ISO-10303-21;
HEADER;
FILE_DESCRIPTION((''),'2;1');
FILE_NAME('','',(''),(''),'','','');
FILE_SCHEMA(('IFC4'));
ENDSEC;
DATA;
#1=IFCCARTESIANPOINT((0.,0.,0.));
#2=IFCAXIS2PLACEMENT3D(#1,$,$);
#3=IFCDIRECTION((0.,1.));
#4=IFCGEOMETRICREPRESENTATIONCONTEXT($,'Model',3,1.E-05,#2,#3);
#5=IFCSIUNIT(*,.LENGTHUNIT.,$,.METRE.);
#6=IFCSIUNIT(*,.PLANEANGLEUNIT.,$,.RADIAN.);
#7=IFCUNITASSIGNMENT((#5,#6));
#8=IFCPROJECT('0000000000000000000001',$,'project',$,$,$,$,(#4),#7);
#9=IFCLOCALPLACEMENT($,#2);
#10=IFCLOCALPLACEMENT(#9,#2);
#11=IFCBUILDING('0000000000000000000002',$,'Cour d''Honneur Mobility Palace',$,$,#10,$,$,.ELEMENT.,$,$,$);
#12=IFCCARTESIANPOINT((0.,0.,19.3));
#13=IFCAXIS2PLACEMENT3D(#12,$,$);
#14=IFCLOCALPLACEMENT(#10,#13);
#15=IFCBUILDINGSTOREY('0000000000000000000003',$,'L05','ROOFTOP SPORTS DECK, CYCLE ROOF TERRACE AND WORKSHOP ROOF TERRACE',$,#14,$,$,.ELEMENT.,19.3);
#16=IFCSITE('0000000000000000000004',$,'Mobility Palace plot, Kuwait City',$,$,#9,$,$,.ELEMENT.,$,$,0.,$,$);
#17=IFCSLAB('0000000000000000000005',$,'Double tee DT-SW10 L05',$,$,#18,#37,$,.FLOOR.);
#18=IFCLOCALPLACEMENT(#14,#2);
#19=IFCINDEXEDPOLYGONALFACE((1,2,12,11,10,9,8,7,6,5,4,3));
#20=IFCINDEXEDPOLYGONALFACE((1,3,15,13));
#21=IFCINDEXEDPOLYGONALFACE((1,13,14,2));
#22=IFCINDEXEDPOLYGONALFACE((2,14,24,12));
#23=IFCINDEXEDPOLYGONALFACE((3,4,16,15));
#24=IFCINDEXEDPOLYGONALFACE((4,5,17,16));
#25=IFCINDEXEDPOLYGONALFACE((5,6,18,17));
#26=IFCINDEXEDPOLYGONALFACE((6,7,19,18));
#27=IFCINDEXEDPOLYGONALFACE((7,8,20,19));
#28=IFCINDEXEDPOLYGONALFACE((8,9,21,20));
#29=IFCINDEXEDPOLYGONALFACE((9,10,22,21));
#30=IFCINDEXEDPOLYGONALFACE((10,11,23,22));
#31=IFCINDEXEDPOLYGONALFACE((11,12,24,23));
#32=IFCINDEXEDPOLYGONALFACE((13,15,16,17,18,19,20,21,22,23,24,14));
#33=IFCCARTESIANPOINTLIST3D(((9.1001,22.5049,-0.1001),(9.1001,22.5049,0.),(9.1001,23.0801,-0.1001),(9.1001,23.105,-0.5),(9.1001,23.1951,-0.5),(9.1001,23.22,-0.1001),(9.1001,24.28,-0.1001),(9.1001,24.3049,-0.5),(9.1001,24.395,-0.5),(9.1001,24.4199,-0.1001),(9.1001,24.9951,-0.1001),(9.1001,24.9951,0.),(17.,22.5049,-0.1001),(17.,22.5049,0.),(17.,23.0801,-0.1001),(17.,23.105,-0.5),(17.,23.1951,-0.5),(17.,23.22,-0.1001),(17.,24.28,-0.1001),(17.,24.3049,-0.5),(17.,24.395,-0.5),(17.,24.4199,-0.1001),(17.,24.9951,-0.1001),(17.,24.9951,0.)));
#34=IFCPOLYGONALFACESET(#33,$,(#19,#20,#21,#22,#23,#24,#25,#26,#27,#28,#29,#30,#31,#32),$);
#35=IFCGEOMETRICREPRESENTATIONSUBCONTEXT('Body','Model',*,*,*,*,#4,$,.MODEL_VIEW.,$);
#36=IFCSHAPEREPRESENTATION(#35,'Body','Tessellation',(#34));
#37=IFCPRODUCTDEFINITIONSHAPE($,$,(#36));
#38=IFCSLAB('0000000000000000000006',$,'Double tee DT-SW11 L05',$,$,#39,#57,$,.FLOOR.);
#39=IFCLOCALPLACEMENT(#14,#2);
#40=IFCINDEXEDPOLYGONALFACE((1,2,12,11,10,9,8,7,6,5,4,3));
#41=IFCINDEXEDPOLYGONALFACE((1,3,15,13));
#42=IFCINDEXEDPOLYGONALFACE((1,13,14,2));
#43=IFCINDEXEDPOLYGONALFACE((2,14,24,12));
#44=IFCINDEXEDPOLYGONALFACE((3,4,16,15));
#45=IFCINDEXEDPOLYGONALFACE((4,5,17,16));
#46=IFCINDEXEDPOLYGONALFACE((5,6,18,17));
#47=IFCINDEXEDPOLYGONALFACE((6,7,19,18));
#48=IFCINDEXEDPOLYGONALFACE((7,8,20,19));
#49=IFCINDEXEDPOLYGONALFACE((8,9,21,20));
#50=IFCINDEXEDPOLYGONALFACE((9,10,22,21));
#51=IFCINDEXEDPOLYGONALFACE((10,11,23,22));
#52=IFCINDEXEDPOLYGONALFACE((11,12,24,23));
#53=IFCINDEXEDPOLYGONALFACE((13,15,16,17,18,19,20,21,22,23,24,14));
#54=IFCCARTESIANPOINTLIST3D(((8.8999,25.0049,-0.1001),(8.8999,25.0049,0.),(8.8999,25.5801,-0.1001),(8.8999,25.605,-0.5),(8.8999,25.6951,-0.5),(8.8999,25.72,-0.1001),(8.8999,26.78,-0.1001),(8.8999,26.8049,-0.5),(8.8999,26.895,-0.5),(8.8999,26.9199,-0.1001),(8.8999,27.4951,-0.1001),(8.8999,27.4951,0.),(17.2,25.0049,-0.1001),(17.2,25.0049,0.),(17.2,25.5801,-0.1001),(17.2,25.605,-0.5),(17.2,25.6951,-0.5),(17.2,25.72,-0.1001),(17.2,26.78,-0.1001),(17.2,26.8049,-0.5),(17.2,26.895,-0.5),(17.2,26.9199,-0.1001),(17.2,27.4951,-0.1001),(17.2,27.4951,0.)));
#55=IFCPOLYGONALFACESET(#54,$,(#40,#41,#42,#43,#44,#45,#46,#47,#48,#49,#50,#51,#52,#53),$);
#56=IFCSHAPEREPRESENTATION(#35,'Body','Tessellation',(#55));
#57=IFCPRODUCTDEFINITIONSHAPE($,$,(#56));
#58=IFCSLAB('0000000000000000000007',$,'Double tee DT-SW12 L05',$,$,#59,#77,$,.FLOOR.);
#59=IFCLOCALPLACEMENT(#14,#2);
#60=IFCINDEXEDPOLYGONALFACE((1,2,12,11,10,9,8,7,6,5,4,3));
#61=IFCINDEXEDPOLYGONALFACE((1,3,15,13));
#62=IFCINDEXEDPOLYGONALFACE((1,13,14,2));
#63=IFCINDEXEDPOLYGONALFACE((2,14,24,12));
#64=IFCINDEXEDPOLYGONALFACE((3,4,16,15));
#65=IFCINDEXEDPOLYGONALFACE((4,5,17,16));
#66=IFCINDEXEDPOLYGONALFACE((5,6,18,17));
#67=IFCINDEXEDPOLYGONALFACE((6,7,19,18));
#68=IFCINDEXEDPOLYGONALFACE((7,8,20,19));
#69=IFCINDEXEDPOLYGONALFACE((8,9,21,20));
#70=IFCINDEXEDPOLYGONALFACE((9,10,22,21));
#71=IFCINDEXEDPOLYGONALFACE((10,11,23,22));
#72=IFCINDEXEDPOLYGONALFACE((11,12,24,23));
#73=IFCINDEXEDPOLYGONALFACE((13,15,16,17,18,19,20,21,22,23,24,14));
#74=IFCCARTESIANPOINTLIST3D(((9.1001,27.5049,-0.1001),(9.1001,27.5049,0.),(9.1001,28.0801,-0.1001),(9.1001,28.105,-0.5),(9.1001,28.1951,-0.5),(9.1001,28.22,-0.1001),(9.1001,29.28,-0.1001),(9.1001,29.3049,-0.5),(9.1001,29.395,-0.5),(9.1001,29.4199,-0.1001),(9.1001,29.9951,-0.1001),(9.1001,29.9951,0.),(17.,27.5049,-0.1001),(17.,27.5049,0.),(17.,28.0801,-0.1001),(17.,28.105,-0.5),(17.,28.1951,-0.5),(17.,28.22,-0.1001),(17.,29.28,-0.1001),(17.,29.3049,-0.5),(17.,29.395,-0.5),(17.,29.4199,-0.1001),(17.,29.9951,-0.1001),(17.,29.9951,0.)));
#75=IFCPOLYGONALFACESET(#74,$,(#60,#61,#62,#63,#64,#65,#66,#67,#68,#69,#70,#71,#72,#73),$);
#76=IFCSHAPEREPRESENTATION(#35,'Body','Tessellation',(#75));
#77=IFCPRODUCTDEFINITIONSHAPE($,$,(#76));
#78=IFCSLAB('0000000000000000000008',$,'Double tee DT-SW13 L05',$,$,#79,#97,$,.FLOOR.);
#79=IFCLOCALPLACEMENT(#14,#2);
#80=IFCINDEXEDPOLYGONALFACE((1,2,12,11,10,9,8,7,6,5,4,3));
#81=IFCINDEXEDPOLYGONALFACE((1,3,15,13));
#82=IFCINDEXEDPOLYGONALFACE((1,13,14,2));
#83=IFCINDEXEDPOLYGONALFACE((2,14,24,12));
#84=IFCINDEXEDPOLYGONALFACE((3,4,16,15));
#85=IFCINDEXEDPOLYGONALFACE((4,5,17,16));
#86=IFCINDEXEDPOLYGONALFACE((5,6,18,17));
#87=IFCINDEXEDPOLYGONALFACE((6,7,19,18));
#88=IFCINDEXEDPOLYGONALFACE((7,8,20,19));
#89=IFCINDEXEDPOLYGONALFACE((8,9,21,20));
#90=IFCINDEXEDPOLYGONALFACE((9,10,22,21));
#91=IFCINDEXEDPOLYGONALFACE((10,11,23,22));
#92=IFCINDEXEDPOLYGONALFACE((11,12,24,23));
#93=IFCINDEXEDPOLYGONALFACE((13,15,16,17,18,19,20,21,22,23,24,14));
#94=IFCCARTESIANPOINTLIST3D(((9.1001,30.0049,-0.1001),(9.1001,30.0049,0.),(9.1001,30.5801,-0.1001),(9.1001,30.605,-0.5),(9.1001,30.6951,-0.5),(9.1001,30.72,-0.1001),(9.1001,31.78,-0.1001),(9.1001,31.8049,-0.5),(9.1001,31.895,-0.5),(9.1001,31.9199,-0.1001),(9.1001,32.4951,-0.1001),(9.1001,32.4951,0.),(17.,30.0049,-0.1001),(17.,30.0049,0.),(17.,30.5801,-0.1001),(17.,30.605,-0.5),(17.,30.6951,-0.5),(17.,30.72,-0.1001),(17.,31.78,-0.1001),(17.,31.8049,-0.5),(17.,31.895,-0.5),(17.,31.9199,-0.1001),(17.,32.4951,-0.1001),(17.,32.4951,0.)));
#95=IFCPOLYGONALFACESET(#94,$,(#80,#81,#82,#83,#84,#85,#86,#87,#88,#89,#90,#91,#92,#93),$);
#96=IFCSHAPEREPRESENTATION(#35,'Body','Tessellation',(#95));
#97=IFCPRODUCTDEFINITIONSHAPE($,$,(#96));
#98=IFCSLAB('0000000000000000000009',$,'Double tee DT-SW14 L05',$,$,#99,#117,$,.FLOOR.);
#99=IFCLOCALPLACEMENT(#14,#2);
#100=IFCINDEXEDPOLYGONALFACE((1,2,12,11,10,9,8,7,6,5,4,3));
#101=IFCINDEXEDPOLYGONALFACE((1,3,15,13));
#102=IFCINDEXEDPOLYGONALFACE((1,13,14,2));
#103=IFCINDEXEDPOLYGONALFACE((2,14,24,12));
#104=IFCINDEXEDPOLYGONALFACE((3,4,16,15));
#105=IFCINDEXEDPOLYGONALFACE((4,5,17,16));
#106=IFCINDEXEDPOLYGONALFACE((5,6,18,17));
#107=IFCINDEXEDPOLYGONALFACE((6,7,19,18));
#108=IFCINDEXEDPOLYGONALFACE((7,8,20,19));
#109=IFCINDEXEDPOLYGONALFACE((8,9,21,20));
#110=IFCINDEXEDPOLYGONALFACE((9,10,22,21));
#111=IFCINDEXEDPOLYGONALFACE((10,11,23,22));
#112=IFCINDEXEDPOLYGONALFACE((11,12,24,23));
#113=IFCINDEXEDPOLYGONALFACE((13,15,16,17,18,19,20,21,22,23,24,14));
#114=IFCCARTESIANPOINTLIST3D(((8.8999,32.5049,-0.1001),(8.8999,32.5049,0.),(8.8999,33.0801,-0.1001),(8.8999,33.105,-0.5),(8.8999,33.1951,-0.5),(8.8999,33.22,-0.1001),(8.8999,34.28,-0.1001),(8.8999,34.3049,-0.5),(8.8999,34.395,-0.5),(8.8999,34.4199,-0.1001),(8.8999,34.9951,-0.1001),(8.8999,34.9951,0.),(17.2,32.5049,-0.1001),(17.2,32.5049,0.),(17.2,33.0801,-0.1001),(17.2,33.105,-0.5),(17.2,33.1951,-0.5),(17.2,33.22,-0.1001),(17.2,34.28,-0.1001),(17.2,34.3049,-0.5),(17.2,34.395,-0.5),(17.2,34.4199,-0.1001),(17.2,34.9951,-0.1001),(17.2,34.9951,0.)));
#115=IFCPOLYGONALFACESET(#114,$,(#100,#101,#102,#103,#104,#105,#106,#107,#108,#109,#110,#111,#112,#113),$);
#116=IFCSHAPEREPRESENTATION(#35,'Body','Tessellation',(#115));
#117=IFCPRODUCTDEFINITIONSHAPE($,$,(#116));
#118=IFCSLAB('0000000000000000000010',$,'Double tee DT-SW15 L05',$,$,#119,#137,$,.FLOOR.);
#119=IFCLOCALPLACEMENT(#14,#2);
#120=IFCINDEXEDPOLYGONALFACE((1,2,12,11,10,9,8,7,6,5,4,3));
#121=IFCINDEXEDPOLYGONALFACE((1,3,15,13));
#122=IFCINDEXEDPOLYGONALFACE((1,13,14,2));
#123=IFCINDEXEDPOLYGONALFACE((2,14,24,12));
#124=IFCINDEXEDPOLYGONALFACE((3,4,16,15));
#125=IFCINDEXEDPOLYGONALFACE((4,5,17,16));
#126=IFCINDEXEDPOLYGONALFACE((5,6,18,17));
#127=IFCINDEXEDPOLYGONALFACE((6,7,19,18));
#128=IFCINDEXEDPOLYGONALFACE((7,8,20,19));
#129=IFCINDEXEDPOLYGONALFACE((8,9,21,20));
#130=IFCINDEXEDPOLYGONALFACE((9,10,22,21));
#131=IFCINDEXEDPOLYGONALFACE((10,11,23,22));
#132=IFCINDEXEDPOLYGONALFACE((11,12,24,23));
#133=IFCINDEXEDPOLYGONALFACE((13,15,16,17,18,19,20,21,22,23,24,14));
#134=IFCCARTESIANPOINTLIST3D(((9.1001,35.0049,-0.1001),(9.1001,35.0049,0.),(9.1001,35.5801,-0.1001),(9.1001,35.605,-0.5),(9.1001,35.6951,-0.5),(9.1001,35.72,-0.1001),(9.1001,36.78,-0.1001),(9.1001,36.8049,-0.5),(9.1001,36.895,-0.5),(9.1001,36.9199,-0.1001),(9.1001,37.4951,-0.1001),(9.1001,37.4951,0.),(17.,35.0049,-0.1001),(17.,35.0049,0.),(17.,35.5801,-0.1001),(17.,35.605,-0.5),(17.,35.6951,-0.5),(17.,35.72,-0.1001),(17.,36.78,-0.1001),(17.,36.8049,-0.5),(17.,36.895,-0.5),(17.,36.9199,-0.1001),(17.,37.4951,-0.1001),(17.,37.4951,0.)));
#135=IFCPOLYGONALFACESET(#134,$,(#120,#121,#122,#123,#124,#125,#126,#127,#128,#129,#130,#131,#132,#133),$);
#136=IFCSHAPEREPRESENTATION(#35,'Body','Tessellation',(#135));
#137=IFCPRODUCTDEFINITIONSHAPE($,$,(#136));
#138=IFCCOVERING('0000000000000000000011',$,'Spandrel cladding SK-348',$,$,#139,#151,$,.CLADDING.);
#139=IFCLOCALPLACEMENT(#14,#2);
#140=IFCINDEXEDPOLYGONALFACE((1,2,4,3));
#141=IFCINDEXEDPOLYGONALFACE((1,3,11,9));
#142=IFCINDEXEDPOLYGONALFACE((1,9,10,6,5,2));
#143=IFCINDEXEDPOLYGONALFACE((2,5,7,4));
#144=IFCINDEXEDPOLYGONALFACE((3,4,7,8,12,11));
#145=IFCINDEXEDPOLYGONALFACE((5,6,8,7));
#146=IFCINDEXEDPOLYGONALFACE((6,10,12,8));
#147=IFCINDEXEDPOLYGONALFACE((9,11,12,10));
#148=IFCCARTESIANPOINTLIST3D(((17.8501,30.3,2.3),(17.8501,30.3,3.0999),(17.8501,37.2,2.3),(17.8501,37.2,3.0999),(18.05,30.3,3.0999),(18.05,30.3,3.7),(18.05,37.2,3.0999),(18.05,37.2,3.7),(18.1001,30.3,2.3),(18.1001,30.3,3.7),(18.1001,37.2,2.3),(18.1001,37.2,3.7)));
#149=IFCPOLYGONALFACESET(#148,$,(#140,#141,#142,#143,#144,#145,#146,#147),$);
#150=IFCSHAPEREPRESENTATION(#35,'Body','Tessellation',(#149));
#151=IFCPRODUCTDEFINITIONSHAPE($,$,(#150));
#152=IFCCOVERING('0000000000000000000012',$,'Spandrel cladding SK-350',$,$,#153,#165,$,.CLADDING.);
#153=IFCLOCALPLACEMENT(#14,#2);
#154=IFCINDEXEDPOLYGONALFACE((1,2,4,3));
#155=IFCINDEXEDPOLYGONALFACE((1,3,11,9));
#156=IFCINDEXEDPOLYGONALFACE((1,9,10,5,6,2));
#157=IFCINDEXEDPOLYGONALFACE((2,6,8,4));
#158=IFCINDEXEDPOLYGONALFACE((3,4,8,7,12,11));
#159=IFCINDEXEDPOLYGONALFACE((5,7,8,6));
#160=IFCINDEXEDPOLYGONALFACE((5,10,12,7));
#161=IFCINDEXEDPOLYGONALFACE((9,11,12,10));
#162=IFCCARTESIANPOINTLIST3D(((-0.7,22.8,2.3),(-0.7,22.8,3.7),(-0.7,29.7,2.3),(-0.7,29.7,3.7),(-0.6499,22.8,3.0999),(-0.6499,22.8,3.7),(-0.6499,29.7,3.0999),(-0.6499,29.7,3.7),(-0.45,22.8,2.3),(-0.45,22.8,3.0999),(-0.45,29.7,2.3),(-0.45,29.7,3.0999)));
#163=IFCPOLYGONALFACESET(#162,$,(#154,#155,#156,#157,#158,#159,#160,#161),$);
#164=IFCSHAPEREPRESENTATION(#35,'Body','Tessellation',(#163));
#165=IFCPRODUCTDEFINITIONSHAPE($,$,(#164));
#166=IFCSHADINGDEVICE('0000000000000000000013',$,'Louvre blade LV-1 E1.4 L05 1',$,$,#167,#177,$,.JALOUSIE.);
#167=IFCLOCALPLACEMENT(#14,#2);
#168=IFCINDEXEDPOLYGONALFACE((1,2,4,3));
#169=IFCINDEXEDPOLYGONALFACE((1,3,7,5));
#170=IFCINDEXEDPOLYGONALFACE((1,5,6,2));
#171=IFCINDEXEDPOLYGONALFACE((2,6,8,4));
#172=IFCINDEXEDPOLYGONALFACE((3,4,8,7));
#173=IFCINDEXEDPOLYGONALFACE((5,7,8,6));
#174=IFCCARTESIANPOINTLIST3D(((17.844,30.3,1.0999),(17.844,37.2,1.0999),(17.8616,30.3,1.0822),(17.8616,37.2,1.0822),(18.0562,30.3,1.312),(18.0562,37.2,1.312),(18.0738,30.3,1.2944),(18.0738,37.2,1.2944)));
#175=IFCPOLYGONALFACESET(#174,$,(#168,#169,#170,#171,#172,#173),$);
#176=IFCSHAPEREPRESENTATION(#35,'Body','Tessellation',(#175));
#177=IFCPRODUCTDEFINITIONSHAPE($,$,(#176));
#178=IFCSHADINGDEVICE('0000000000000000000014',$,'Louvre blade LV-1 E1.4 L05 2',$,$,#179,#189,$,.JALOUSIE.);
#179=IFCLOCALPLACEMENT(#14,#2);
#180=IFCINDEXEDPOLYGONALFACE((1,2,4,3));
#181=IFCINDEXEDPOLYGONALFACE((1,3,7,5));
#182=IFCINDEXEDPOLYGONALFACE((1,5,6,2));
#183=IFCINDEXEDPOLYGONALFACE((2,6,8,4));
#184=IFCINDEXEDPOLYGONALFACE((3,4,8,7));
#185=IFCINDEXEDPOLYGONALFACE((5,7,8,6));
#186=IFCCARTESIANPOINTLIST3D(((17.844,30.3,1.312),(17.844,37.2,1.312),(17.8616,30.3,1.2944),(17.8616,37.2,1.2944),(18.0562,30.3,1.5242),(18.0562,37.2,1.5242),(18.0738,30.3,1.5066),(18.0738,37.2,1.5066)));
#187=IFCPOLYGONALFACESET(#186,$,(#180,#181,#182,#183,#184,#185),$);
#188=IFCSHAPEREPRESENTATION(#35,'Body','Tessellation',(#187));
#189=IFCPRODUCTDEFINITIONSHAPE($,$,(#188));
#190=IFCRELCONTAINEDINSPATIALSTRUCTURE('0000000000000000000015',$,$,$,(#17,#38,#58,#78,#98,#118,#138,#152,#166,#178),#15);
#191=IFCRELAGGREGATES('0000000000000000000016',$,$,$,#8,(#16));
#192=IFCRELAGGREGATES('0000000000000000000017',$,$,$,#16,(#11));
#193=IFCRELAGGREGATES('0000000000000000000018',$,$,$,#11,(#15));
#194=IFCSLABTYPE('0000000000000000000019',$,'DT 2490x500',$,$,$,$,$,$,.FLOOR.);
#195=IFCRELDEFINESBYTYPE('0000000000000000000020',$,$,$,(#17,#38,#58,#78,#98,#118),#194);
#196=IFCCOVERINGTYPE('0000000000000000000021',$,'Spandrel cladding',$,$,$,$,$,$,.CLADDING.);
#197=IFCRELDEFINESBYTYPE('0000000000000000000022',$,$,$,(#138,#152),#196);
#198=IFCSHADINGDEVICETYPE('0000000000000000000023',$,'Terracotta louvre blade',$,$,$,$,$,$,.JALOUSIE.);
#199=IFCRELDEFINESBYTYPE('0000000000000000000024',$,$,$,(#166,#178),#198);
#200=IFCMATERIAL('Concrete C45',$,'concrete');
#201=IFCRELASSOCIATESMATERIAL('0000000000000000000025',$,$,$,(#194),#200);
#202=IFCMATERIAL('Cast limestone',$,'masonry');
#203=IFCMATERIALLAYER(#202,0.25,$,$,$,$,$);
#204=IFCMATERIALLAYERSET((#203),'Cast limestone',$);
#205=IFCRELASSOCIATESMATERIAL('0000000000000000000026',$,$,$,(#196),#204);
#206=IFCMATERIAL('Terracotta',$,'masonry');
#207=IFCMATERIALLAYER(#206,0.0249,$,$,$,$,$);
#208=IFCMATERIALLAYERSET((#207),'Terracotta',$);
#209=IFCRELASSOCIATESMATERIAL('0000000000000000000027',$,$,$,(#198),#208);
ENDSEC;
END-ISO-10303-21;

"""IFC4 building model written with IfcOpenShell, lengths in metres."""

from ifc_helpers import new_model, si_unit, direction, frame, origin, place, context, subcontext, project, spatial, polyline, outline, extrude, material, layer, layer_set, material_profile, profile_set, type_object, element, save


model = new_model("IFC4")

# Units and contexts
model_context = context("Model", 3, precision=1e-05, world=origin(), true_north=direction((0.0, 1.0)))
body_context = subcontext(model_context, "Body", "Model", "MODEL_VIEW")
ifc_project = project(units=[si_unit("LENGTHUNIT", "METRE"), si_unit("PLANEANGLEUNIT", "RADIAN")], contexts=[model_context])

# Site, building, storey
site_placement = place(None, origin())
site = spatial("IfcSite", under=ifc_project, at=site_placement, Name="Mobility Palace plot, Kuwait City", CompositionType="ELEMENT", RefElevation=0.0)
building_placement = place(site_placement, origin())
building = spatial("IfcBuilding", under=site, at=building_placement, Name="Cour d'Honneur Mobility Palace", CompositionType="ELEMENT")
storey_placement = place(building_placement, frame((0.0, 0.0, 19.3)))
storey = spatial("IfcBuildingStorey", under=building, at=storey_placement, Name="L05", Description="ROOFTOP SPORTS DECK, CYCLE ROOF TERRACE AND WORKSHOP ROOF TERRACE", CompositionType="ELEMENT", Elevation=19.3)

# Slabs
ifc_material_1 = material(Name="Concrete C45", Category="concrete")
ifc_material_profile_1 = material_profile(ifc_material_1, outline(polyline([(-1.2451, 0.0), (1.2451, 0.0), (1.2451, -0.1001), (0.6699, -0.1001), (0.645, -0.5), (0.5549, -0.5), (0.53, -0.1001), (-0.53, -0.1001), (-0.5549, -0.5), (-0.645, -0.5), (-0.6699, -0.1001), (-1.2451, -0.1001), (-1.2451, 0.0)])), Name="DT 2490x500")
ifc_profile_set_1 = profile_set([ifc_material_profile_1], Name="Concrete C45")
slab_type = type_object("IfcSlabType", Name="DT 2490x500", PredefinedType="FLOOR", material=ifc_profile_set_1)
slab_1_placement = place(storey_placement, frame((9.1001, 23.75, 0.0), z_axis=(1.0, 0.0, 0.0), x_axis=(0.0, 1.0, 0.0)))
element("IfcSlab", 1, at=slab_1_placement, inside=storey, type_object=slab_type, Name="Double tee DT-SW10 L05", PredefinedType="FLOOR", context=body_context, shape_type="SweptSolid", body=[
    extrude(outline(polyline([(-1.2451, 0.0), (1.2451, 0.0), (1.2451, -0.1001), (0.6699, -0.1001), (0.645, -0.5), (0.5549, -0.5), (0.53, -0.1001), (-0.53, -0.1001), (-0.5549, -0.5), (-0.645, -0.5), (-0.6699, -0.1001), (-1.2451, -0.1001), (-1.2451, 0.0)])), origin(), (0.0, 0.0, 1.0), 7.8999),
])
slab_2_placement = place(storey_placement, frame((8.8999, 26.25, 0.0), z_axis=(1.0, 0.0, 0.0), x_axis=(0.0, 1.0, 0.0)))
element("IfcSlab", 2, at=slab_2_placement, inside=storey, type_object=slab_type, Name="Double tee DT-SW11 L05", PredefinedType="FLOOR", context=body_context, shape_type="SweptSolid", body=[
    extrude(outline(polyline([(-1.2451, 0.0), (1.2451, 0.0), (1.2451, -0.1001), (0.6699, -0.1001), (0.645, -0.5), (0.5549, -0.5), (0.53, -0.1001), (-0.53, -0.1001), (-0.5549, -0.5), (-0.645, -0.5), (-0.6699, -0.1001), (-1.2451, -0.1001), (-1.2451, 0.0)])), origin(), (0.0, 0.0, 1.0), 8.3),
])
for number, where, z_axis, x_axis, name in (
    (3, (9.1001, 28.75, 0.0), (1.0, 0.0, 0.0), (0.0, 1.0, 0.0), "Double tee DT-SW12 L05"),
    (4, (9.1001, 31.25, 0.0), (1.0, 0.0, 0.0), (0.0, 1.0, 0.0), "Double tee DT-SW13 L05"),
):
    element("IfcSlab", number, at=place(storey_placement, frame(where, z_axis=z_axis, x_axis=x_axis)), inside=storey, type_object=slab_type, Name=name, PredefinedType="FLOOR", context=body_context, shape_type="SweptSolid", body=[
        extrude(outline(polyline([(-1.2451, 0.0), (1.2451, 0.0), (1.2451, -0.1001), (0.6699, -0.1001), (0.645, -0.5), (0.5549, -0.5), (0.53, -0.1001), (-0.53, -0.1001), (-0.5549, -0.5), (-0.645, -0.5), (-0.6699, -0.1001), (-1.2451, -0.1001), (-1.2451, 0.0)])), origin(), (0.0, 0.0, 1.0), 7.8999),
    ])
slab_3_placement = place(storey_placement, frame((8.8999, 33.75, 0.0), z_axis=(1.0, 0.0, 0.0), x_axis=(0.0, 1.0, 0.0)))
element("IfcSlab", 5, at=slab_3_placement, inside=storey, type_object=slab_type, Name="Double tee DT-SW14 L05", PredefinedType="FLOOR", context=body_context, shape_type="SweptSolid", body=[
    extrude(outline(polyline([(-1.2451, 0.0), (1.2451, 0.0), (1.2451, -0.1001), (0.6699, -0.1001), (0.645, -0.5), (0.5549, -0.5), (0.53, -0.1001), (-0.53, -0.1001), (-0.5549, -0.5), (-0.645, -0.5), (-0.6699, -0.1001), (-1.2451, -0.1001), (-1.2451, 0.0)])), origin(), (0.0, 0.0, 1.0), 8.3),
])
slab_4_placement = place(storey_placement, frame((9.1001, 36.25, 0.0), z_axis=(1.0, 0.0, 0.0), x_axis=(0.0, 1.0, 0.0)))
element("IfcSlab", 6, at=slab_4_placement, inside=storey, type_object=slab_type, Name="Double tee DT-SW15 L05", PredefinedType="FLOOR", context=body_context, shape_type="SweptSolid", body=[
    extrude(outline(polyline([(-1.2451, 0.0), (1.2451, 0.0), (1.2451, -0.1001), (0.6699, -0.1001), (0.645, -0.5), (0.5549, -0.5), (0.53, -0.1001), (-0.53, -0.1001), (-0.5549, -0.5), (-0.645, -0.5), (-0.6699, -0.1001), (-1.2451, -0.1001), (-1.2451, 0.0)])), origin(), (0.0, 0.0, 1.0), 7.8999),
])

# Coverings
ifc_material_2 = material(Name="Cast limestone", Category="masonry")
ifc_layer_1 = layer(ifc_material_2, 0.25)
ifc_layer_set_1 = layer_set([ifc_layer_1], Name="Cast limestone")
covering_type = type_object("IfcCoveringType", Name="Spandrel cladding", PredefinedType="CLADDING", material=ifc_layer_set_1)
for number, where, z_axis, x_axis, name in (
    (7, (17.8501, 30.3, 2.3), (0.0, -1.0, 0.0), (1.0, 0.0, 0.0), "Spandrel cladding SK-348"),
    (8, (-0.45, 29.7, 2.3), (0.0, 1.0, 0.0), (-1.0, 0.0, 0.0), "Spandrel cladding SK-350"),
):
    element("IfcCovering", number, at=place(storey_placement, frame(where, z_axis=z_axis, x_axis=x_axis)), inside=storey, type_object=covering_type, Name=name, PredefinedType="CLADDING", context=body_context, shape_type="SweptSolid", body=[
        extrude(outline(polyline([(0.0, 0.0), (0.25, 0.0), (0.25, 1.3999), (0.2, 1.3999), (0.2, 0.7998), (0.0, 0.7998), (0.0, 0.0)])), origin(), (0.0, 0.0, -1.0), 6.8999),
    ])

# Shading devices
ifc_material_3 = material(Name="Terracotta", Category="masonry")
ifc_layer_2 = layer(ifc_material_3, 0.0249)
ifc_layer_set_2 = layer_set([ifc_layer_2], Name="Terracotta")
shading_device_type = type_object("IfcShadingDeviceType", Name="Terracotta louvre blade", PredefinedType="JALOUSIE", material=ifc_layer_set_2)
for number, where, z_axis, x_axis, name in (
    (9, (17.844, 30.3, 1.0999), (-0.707107, 0.0, 0.707107), (0.0, 1.0, 0.0), "Louvre blade LV-1 E1.4 L05 1"),
    (10, (17.844, 30.3, 1.312), (-0.707107, 0.0, 0.707107), (0.0, 1.0, 0.0), "Louvre blade LV-1 E1.4 L05 2"),
):
    element("IfcShadingDevice", number, at=place(storey_placement, frame(where, z_axis=z_axis, x_axis=x_axis)), inside=storey, type_object=shading_device_type, Name=name, PredefinedType="JALOUSIE", context=body_context, shape_type="SweptSolid", body=[
        extrude(outline(polyline([(0.0, 0.0), (6.8999, 0.0), (6.8999, -0.3), (0.0, -0.3), (0.0, 0.0)])), origin(), (0.0, 0.0, -1.0), 0.0249),
    ])

save(model, "model.ifc")
